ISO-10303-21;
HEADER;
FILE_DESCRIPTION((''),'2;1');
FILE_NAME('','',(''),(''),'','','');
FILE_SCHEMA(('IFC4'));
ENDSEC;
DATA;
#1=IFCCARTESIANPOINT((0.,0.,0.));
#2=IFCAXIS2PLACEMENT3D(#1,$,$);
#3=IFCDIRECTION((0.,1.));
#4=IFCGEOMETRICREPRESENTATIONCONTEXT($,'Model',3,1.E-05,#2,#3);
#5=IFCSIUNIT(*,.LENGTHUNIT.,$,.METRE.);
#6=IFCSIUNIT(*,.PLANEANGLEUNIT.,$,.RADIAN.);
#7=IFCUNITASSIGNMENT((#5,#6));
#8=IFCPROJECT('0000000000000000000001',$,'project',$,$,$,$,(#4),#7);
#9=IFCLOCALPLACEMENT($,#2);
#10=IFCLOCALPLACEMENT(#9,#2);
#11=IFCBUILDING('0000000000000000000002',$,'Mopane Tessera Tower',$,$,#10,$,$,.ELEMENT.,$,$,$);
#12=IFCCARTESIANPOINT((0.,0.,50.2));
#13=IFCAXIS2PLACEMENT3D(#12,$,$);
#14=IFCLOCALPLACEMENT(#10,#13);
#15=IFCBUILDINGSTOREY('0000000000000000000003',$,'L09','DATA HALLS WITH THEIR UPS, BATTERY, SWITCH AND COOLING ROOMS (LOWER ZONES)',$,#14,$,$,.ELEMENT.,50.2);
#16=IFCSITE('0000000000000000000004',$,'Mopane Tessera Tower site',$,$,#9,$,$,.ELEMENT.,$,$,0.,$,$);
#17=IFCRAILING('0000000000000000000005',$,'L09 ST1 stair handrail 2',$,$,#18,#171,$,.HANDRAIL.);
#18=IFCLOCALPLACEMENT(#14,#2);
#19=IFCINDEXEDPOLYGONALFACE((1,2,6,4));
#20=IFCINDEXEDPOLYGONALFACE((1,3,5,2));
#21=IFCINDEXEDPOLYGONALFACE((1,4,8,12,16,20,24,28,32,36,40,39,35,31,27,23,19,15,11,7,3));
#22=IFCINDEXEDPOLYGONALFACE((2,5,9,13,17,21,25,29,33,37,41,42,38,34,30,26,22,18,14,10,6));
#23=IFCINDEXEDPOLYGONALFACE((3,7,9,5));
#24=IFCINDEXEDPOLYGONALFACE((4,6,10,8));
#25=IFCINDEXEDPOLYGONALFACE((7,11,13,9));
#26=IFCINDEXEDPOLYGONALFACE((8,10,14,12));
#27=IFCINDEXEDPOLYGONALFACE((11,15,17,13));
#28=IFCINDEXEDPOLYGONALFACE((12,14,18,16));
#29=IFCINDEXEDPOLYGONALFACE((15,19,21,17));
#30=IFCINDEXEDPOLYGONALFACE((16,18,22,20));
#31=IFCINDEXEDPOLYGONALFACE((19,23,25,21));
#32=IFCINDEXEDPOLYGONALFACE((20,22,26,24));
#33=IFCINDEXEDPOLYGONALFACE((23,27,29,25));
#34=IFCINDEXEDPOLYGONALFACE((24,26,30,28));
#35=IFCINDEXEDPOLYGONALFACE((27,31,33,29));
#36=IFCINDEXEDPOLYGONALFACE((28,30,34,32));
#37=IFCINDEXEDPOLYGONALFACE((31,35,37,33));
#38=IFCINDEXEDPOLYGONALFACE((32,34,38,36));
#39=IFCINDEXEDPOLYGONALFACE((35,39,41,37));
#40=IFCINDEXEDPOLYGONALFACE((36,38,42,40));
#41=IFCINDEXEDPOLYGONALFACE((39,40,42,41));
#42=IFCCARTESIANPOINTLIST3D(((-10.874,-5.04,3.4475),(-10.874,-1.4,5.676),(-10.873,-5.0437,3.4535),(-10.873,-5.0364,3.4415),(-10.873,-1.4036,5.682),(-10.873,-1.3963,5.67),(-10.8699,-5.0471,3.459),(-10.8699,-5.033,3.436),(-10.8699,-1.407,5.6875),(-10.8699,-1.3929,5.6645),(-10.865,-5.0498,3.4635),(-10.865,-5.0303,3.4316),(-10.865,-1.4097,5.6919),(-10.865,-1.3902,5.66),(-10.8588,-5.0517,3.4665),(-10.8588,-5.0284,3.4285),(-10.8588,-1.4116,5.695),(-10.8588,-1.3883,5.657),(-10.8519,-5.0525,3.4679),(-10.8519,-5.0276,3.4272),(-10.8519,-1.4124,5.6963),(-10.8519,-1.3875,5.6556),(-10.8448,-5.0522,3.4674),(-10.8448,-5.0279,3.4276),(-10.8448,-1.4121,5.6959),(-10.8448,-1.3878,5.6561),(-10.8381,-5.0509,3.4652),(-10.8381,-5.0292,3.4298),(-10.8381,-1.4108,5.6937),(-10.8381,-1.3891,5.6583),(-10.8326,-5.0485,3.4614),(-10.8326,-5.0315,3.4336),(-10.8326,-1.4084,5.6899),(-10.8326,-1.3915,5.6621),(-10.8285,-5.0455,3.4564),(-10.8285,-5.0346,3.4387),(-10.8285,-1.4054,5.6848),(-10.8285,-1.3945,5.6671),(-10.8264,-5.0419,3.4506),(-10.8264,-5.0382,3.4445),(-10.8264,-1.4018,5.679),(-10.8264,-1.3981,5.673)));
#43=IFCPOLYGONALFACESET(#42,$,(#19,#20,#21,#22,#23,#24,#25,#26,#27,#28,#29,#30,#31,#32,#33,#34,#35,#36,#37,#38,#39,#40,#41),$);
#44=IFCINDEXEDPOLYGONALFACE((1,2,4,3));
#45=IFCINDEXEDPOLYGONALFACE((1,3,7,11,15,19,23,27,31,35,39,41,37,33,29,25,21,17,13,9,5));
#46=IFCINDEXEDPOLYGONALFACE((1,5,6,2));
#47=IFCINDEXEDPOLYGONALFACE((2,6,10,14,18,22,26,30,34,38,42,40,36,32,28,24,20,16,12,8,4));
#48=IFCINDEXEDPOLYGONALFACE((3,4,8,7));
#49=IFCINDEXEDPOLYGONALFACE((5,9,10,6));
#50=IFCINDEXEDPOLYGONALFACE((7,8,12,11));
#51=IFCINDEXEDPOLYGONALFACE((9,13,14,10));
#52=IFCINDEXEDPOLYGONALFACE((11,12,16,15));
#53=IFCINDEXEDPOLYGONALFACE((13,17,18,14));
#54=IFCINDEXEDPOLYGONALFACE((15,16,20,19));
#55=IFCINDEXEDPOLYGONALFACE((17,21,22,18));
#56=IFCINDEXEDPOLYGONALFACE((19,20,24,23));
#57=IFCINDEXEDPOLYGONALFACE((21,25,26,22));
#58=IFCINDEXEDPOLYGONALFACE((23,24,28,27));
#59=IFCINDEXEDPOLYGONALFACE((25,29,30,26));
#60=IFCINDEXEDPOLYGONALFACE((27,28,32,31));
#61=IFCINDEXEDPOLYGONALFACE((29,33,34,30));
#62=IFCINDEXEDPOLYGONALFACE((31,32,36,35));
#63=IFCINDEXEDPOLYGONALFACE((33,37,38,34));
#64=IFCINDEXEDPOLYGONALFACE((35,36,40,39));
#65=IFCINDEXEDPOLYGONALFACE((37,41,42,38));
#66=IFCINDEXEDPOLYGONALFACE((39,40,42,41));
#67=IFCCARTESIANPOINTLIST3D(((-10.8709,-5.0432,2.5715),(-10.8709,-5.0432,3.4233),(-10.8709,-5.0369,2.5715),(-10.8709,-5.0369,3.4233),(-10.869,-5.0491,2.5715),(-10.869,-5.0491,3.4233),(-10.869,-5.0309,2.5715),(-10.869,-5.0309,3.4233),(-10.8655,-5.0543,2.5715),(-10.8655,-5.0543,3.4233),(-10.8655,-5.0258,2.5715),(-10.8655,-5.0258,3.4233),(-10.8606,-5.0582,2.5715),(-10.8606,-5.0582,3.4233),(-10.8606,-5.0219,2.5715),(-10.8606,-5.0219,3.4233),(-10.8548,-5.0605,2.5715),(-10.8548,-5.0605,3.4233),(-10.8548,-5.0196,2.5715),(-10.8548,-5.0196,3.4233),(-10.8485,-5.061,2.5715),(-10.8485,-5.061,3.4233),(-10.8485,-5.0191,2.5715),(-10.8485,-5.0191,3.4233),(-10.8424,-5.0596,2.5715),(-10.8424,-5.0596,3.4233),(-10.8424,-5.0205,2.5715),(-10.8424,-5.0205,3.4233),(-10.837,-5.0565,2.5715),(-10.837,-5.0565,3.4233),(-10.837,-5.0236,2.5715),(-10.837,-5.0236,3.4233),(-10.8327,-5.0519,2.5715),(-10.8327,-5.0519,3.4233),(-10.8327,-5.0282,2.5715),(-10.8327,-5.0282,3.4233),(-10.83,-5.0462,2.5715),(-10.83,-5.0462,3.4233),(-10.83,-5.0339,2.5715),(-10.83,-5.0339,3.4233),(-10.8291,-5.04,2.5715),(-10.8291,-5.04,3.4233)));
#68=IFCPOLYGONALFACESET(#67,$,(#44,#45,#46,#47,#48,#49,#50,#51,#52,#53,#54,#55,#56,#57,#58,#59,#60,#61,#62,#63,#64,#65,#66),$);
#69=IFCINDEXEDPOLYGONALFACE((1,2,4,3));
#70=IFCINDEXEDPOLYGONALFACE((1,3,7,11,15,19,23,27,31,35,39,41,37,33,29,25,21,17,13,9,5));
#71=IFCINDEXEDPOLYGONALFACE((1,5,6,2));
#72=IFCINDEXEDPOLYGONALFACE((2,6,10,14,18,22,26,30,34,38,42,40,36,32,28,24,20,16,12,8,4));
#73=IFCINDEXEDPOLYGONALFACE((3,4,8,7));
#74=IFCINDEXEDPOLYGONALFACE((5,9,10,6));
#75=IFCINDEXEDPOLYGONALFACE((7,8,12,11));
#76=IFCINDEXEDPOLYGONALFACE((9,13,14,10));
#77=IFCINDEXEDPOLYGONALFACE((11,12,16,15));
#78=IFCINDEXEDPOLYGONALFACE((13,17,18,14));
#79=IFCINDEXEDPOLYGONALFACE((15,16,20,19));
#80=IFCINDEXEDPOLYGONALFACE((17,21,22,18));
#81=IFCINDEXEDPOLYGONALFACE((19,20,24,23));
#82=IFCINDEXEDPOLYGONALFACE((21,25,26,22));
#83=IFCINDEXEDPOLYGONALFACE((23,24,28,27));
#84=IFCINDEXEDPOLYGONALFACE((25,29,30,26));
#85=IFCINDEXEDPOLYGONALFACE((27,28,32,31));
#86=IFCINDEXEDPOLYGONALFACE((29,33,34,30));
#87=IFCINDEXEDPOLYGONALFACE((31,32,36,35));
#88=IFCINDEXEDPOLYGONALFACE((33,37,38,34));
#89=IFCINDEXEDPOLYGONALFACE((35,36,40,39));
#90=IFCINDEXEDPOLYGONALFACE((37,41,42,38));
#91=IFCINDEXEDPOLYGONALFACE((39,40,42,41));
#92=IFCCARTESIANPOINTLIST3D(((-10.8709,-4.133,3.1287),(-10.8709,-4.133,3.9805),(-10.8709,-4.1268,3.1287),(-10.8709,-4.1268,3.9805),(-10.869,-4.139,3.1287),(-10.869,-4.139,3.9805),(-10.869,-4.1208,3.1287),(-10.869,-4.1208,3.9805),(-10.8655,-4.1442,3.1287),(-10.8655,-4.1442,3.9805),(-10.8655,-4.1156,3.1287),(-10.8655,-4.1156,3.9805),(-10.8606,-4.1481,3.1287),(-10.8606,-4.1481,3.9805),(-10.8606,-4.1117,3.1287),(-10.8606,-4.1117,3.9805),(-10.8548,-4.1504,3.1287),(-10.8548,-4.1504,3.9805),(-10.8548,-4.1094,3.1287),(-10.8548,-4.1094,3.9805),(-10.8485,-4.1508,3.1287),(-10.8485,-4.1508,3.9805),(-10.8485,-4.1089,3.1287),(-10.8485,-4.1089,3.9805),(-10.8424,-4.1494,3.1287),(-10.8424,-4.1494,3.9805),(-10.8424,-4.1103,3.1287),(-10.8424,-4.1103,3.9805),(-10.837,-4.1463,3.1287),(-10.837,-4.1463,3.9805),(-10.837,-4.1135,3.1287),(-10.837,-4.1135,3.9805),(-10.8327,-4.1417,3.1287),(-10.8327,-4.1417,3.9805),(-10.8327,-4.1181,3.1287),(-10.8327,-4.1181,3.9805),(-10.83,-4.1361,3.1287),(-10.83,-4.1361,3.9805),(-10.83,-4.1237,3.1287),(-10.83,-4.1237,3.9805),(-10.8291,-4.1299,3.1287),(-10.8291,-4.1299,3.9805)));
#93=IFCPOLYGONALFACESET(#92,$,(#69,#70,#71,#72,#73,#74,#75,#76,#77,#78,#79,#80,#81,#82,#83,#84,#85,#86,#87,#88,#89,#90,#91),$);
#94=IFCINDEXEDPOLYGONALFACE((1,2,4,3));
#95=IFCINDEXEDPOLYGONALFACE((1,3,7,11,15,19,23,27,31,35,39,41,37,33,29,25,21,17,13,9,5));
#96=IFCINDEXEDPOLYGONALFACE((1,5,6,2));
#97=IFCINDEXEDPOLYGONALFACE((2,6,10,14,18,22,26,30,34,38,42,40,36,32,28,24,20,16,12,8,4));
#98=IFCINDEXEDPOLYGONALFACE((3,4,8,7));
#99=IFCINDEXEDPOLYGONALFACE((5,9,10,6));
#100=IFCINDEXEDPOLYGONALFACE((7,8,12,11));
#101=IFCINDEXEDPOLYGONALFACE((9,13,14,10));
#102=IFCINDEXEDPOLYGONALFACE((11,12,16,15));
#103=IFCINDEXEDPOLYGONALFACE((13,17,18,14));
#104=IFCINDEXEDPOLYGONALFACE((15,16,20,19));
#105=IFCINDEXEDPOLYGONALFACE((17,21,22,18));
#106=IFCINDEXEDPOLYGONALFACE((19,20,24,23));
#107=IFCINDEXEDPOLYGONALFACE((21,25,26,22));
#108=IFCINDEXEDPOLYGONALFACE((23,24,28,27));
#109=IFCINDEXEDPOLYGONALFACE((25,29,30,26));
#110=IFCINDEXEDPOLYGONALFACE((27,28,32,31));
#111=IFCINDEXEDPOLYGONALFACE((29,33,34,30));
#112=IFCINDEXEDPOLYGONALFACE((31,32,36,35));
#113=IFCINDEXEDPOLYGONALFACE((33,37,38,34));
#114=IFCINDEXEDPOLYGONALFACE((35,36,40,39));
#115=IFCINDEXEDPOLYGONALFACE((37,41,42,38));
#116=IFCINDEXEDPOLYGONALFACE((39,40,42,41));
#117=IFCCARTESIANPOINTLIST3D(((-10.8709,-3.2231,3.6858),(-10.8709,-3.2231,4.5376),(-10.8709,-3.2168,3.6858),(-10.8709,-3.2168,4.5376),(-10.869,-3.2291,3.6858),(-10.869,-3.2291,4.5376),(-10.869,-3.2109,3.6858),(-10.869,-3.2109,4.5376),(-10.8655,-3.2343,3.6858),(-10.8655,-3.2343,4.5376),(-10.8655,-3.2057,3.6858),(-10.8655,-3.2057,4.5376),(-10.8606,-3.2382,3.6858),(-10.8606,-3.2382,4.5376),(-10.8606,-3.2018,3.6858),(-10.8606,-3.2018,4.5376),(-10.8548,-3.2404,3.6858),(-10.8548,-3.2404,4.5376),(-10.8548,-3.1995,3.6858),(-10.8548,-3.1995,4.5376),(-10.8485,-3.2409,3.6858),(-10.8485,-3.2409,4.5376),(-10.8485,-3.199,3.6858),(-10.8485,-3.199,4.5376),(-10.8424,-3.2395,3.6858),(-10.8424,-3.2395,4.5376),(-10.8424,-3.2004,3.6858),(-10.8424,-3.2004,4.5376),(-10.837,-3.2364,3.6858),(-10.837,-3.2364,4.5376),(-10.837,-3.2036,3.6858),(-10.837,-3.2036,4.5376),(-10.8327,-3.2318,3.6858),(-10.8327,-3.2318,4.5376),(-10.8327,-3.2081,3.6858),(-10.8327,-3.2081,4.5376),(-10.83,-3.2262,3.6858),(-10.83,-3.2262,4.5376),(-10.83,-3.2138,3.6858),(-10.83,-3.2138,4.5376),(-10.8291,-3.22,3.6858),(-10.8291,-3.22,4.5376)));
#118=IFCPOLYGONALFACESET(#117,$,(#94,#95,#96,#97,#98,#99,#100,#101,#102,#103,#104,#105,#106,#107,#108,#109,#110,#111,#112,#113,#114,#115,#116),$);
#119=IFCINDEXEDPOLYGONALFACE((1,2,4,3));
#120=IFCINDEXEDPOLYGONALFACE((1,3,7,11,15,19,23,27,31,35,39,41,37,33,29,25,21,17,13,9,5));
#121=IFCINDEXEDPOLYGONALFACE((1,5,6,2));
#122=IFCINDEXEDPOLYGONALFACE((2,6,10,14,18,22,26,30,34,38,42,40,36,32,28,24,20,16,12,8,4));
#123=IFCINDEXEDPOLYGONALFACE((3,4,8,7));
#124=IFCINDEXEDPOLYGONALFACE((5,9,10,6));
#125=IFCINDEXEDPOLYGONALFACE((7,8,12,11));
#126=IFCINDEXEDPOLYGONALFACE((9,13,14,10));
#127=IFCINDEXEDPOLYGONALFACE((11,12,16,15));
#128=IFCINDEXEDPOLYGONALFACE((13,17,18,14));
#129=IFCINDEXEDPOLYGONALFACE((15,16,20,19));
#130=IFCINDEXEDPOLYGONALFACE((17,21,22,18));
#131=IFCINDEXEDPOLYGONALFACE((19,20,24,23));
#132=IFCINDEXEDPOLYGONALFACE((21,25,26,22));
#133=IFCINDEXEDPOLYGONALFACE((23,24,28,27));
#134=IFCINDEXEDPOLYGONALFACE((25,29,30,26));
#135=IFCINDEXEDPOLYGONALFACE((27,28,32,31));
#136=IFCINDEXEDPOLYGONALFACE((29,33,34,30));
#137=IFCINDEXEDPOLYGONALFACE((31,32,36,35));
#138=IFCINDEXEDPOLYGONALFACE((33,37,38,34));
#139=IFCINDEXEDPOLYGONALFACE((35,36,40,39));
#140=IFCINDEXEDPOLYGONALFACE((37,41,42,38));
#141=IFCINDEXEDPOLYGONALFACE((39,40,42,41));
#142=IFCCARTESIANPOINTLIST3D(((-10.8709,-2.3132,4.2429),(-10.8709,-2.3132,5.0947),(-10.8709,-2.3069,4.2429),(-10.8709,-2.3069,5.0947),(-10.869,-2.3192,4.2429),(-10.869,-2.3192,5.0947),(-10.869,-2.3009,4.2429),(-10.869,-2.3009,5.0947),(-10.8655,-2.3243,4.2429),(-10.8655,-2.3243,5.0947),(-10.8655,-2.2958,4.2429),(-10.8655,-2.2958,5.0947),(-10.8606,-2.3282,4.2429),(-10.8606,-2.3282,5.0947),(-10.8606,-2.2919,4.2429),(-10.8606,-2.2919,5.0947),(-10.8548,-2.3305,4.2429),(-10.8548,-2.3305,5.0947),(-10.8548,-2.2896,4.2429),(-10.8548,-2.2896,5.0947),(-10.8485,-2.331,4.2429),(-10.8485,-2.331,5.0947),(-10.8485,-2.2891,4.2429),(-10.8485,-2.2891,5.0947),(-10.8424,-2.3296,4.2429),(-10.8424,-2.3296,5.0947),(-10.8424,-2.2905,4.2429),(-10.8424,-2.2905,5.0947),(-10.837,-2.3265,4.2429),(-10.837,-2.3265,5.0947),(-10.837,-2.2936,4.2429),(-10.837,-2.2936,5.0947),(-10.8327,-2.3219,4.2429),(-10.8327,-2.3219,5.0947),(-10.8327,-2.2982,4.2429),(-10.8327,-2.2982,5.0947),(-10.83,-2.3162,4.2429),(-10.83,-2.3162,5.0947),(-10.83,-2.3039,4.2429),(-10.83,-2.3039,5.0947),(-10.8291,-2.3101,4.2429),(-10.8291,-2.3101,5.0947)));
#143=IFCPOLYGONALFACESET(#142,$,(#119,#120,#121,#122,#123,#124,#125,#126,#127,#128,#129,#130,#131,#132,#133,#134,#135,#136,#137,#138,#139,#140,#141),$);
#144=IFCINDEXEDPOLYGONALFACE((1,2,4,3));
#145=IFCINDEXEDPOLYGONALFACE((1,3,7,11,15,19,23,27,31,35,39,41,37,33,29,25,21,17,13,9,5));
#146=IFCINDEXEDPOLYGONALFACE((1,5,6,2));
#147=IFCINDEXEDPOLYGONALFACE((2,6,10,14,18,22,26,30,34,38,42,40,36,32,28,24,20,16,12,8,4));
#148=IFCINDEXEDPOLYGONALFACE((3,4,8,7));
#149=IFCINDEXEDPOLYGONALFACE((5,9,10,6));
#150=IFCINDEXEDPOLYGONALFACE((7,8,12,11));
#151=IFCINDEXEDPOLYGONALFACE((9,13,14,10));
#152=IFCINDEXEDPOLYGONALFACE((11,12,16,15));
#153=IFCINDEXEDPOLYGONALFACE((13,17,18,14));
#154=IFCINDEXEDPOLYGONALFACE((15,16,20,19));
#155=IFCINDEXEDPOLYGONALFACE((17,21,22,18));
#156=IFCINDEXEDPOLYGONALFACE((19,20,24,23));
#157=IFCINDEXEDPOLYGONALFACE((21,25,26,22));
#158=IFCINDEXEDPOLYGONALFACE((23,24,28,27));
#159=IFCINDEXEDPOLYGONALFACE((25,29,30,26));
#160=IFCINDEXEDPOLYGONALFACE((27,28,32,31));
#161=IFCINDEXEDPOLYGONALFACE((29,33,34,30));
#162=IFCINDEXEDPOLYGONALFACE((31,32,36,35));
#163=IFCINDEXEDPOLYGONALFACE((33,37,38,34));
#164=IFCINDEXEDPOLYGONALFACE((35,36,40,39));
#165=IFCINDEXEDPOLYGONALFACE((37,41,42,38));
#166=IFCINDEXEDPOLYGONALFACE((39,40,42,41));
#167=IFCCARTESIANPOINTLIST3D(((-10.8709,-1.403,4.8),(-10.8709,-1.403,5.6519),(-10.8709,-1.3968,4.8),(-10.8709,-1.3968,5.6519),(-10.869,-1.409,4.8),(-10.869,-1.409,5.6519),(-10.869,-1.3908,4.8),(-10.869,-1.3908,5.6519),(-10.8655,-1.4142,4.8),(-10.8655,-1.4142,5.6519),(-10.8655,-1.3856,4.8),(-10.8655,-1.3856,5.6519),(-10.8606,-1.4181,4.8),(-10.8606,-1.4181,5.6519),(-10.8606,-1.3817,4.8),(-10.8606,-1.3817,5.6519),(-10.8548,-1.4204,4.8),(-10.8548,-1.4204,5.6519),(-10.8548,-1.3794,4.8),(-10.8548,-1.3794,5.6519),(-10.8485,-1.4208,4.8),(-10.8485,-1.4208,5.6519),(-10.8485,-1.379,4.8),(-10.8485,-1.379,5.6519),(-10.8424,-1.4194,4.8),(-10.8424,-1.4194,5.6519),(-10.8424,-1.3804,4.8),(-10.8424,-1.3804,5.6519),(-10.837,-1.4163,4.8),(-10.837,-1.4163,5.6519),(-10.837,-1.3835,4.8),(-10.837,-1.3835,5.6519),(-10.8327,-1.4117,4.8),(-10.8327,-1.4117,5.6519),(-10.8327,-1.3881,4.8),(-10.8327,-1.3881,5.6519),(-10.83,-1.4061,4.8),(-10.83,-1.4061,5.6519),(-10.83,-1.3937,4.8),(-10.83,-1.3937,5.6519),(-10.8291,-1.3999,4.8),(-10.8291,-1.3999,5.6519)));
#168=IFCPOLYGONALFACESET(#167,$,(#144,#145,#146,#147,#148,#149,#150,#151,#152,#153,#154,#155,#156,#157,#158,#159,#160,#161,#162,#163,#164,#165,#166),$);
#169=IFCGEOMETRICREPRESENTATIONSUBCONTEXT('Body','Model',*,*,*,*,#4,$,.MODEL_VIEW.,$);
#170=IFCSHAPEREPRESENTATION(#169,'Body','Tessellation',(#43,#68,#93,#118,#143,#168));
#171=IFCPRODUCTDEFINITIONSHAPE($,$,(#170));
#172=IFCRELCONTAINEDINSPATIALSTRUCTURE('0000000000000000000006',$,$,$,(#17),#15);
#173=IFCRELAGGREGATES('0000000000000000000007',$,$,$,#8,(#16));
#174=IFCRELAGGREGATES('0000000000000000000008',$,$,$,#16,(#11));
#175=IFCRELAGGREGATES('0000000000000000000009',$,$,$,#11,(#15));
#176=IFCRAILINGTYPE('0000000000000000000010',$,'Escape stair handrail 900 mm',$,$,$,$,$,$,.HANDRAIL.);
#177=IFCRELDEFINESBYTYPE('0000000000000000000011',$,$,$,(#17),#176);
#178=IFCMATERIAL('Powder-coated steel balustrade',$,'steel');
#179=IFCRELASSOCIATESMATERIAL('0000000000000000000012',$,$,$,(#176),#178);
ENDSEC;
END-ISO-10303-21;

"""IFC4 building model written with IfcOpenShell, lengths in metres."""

from ifc_helpers import new_model, si_unit, direction, frame, origin, origin_2d, place, context, subcontext, project, spatial, circle, extrude, material, type_object, element, save


model = new_model("IFC4")

# Units and contexts
model_context = context("Model", 3, precision=1e-05, world=origin(), true_north=direction((0.0, 1.0)))
body_context = subcontext(model_context, "Body", "Model", "MODEL_VIEW")
ifc_project = project(units=[si_unit("LENGTHUNIT", "METRE"), si_unit("PLANEANGLEUNIT", "RADIAN")], contexts=[model_context])

# Site, building, storey
site_placement = place(None, origin())
site = spatial("IfcSite", under=ifc_project, at=site_placement, Name="Mopane Tessera Tower site", CompositionType="ELEMENT", RefElevation=0.0)
building_placement = place(site_placement, origin())
building = spatial("IfcBuilding", under=site, at=building_placement, Name="Mopane Tessera Tower", CompositionType="ELEMENT")
storey_placement = place(building_placement, frame((0.0, 0.0, 50.2)))
storey = spatial("IfcBuildingStorey", under=building, at=storey_placement, Name="L09", Description="DATA HALLS WITH THEIR UPS, BATTERY, SWITCH AND COOLING ROOMS (LOWER ZONES)", CompositionType="ELEMENT", Elevation=50.2)

# Railing
ifc_material_1 = material(Name="Powder-coated steel balustrade", Category="steel")
railing_type_1 = type_object("IfcRailingType", Name="Escape stair handrail 900 mm", PredefinedType="HANDRAIL", material=ifc_material_1)
railing_1_placement = place(storey_placement, frame((-10.8501, -5.04, 2.5715)))
element("IfcRailing", 1, at=railing_1_placement, inside=storey, type_object=railing_type_1, Name="L09 ST1 stair handrail 2", PredefinedType="HANDRAIL", context=body_context, shape_type="SweptSolid", body=[
    extrude(circle(Radius=0.0239, at=origin_2d()), frame((0.0, 0.0, 0.876), z_axis=(0.0, 0.852866, 0.52213), x_axis=(-1.0, 0.0, 0.0)), (0.0, 0.0, 1.0), 4.2681),
    extrude(circle(Radius=0.021, at=origin_2d()), origin(), (0.0, 0.0, 1.0), 0.8518),
    extrude(circle(Radius=0.021, at=origin_2d()), frame((0.0, 0.9102, 0.5571)), (0.0, 0.0, 1.0), 0.8518),
    extrude(circle(Radius=0.021, at=origin_2d()), frame((0.0, 1.8201, 1.1143)), (0.0, 0.0, 1.0), 0.8518),
    extrude(circle(Radius=0.021, at=origin_2d()), frame((0.0, 2.73, 1.6714)), (0.0, 0.0, 1.0), 0.8518),
    extrude(circle(Radius=0.021, at=origin_2d()), frame((0.0, 3.6401, 2.2285)), (0.0, 0.0, 1.0), 0.8518),
])

save(model, "model.ifc")
